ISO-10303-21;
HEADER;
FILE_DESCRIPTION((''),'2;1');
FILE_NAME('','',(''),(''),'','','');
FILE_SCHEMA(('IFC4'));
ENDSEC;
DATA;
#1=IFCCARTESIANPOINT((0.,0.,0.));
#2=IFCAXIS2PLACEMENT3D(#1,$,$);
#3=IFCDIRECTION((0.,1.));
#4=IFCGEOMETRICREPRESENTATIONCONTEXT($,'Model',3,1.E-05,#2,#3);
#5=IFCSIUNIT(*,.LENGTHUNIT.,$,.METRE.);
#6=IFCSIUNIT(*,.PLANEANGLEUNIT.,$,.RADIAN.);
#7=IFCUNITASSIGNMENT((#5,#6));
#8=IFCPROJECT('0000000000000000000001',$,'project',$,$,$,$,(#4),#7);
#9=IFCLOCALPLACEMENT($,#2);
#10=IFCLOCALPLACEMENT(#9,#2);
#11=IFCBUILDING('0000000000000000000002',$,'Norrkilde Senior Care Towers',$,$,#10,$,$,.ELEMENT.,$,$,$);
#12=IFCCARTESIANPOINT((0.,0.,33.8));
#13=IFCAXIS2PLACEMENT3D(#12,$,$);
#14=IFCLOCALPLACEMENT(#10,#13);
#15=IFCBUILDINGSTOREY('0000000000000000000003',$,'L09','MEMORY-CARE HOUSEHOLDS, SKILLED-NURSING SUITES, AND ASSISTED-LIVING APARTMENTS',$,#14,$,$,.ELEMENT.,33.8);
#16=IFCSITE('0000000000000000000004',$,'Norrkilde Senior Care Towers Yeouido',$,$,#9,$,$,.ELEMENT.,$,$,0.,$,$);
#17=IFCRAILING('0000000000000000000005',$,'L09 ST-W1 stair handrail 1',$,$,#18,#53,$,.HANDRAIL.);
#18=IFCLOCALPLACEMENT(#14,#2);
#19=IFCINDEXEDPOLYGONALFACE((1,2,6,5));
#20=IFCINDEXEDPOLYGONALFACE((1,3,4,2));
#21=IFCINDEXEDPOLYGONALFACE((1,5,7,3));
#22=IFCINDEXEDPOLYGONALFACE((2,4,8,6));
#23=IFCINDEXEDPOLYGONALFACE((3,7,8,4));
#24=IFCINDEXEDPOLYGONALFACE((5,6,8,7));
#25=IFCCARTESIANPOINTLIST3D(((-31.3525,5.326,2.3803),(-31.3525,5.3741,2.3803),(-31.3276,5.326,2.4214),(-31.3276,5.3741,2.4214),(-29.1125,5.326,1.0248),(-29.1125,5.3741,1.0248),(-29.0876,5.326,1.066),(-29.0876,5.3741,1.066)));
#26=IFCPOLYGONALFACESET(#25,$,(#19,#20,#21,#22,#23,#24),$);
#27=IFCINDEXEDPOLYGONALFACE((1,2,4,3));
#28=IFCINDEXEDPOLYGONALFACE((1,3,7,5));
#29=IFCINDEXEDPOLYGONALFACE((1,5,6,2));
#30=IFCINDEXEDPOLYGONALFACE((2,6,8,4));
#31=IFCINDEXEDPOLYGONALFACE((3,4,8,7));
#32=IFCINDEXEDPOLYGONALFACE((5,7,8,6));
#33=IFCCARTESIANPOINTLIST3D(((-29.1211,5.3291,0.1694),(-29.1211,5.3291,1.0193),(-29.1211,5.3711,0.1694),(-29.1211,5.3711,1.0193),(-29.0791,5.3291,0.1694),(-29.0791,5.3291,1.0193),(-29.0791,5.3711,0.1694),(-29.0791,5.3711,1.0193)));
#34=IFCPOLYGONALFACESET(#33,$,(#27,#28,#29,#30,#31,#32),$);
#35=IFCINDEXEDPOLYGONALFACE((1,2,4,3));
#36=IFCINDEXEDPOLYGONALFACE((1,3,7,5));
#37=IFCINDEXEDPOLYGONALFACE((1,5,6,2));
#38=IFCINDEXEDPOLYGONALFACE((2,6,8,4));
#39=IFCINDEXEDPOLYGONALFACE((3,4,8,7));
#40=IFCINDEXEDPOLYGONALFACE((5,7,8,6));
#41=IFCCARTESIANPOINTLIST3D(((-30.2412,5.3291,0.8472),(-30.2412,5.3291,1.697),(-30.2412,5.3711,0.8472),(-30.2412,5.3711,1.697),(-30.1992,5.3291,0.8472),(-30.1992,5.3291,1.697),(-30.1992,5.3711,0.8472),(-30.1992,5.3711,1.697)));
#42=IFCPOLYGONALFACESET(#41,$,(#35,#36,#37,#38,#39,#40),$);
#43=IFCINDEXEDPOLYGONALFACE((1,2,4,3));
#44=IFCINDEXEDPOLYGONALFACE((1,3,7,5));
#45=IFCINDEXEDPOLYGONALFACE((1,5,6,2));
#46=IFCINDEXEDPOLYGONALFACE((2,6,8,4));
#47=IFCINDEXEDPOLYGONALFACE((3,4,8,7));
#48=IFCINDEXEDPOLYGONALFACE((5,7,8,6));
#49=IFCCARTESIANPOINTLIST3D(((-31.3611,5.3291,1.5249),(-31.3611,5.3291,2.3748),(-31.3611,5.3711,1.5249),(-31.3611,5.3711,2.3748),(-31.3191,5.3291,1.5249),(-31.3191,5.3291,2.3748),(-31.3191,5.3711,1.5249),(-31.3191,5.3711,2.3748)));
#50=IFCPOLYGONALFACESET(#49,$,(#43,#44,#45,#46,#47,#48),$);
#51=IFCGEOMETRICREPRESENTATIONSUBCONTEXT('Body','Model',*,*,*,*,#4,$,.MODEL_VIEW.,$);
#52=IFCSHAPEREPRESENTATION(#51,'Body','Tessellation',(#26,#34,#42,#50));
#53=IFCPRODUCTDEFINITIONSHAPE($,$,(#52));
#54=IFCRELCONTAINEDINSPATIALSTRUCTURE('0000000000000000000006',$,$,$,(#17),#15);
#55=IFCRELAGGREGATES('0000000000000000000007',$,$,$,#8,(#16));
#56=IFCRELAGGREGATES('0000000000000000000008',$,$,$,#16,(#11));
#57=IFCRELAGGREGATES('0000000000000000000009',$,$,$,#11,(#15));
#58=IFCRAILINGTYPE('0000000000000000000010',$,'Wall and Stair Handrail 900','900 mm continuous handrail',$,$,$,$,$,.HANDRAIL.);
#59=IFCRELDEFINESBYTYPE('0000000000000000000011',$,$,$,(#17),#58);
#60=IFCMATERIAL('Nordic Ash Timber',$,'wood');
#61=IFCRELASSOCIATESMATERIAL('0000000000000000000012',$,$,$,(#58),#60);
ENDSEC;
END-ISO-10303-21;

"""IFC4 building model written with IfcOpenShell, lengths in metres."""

from ifc_helpers import new_model, si_unit, direction, frame, origin, origin_2d, place, context, subcontext, project, spatial, rectangle, extrude, material, type_object, element, save


model = new_model("IFC4")

# Units and contexts
model_context = context("Model", 3, precision=1e-05, world=origin(), true_north=direction((0.0, 1.0)))
body_context = subcontext(model_context, "Body", "Model", "MODEL_VIEW")
ifc_project = project(units=[si_unit("LENGTHUNIT", "METRE"), si_unit("PLANEANGLEUNIT", "RADIAN")], contexts=[model_context])

# Site, building, storey
site_placement = place(None, origin())
site = spatial("IfcSite", under=ifc_project, at=site_placement, Name="Norrkilde Senior Care Towers Yeouido", CompositionType="ELEMENT", RefElevation=0.0)
building_placement = place(site_placement, origin())
building = spatial("IfcBuilding", under=site, at=building_placement, Name="Norrkilde Senior Care Towers", CompositionType="ELEMENT")
storey_placement = place(building_placement, frame((0.0, 0.0, 33.8)))
storey = spatial("IfcBuildingStorey", under=building, at=storey_placement, Name="L09", Description="MEMORY-CARE HOUSEHOLDS, SKILLED-NURSING SUITES, AND ASSISTED-LIVING APARTMENTS", CompositionType="ELEMENT", Elevation=33.8)

# Shared definitions
ifc_material_1 = material(Name="Nordic Ash Timber", Category="wood")

# Railing
railing_type = type_object("IfcRailingType", Name="Wall and Stair Handrail 900", Description="900 mm continuous handrail", PredefinedType="HANDRAIL", material=ifc_material_1)
railing_placement = place(storey_placement, frame((-29.1001, 5.3501, 0.1694)))
element("IfcRailing", 1, at=railing_placement, inside=storey, type_object=railing_type, Name="L09 ST-W1 stair handrail 1", PredefinedType="HANDRAIL", context=body_context, shape_type="SweptSolid", body=[
    extrude(rectangle(XDim=0.0481, YDim=0.0481, at=origin_2d()), frame((0.0, 0.0, 0.876), z_axis=(-0.855553, 0.0, 0.517715), x_axis=(0.0, -1.0, 0.0)), (0.0, 0.0, 1.0), 2.6182),
    extrude(rectangle(XDim=0.042, YDim=0.042, at=origin_2d()), origin(), (0.0, 0.0, 1.0), 0.8499),
    extrude(rectangle(XDim=0.042, YDim=0.042, at=origin_2d()), frame((-1.1201, 0.0, 0.6777)), (0.0, 0.0, 1.0), 0.8499),
    extrude(rectangle(XDim=0.042, YDim=0.042, at=origin_2d()), frame((-2.24, 0.0, 1.3555)), (0.0, 0.0, 1.0), 0.8499),
])

save(model, "model.ifc")
